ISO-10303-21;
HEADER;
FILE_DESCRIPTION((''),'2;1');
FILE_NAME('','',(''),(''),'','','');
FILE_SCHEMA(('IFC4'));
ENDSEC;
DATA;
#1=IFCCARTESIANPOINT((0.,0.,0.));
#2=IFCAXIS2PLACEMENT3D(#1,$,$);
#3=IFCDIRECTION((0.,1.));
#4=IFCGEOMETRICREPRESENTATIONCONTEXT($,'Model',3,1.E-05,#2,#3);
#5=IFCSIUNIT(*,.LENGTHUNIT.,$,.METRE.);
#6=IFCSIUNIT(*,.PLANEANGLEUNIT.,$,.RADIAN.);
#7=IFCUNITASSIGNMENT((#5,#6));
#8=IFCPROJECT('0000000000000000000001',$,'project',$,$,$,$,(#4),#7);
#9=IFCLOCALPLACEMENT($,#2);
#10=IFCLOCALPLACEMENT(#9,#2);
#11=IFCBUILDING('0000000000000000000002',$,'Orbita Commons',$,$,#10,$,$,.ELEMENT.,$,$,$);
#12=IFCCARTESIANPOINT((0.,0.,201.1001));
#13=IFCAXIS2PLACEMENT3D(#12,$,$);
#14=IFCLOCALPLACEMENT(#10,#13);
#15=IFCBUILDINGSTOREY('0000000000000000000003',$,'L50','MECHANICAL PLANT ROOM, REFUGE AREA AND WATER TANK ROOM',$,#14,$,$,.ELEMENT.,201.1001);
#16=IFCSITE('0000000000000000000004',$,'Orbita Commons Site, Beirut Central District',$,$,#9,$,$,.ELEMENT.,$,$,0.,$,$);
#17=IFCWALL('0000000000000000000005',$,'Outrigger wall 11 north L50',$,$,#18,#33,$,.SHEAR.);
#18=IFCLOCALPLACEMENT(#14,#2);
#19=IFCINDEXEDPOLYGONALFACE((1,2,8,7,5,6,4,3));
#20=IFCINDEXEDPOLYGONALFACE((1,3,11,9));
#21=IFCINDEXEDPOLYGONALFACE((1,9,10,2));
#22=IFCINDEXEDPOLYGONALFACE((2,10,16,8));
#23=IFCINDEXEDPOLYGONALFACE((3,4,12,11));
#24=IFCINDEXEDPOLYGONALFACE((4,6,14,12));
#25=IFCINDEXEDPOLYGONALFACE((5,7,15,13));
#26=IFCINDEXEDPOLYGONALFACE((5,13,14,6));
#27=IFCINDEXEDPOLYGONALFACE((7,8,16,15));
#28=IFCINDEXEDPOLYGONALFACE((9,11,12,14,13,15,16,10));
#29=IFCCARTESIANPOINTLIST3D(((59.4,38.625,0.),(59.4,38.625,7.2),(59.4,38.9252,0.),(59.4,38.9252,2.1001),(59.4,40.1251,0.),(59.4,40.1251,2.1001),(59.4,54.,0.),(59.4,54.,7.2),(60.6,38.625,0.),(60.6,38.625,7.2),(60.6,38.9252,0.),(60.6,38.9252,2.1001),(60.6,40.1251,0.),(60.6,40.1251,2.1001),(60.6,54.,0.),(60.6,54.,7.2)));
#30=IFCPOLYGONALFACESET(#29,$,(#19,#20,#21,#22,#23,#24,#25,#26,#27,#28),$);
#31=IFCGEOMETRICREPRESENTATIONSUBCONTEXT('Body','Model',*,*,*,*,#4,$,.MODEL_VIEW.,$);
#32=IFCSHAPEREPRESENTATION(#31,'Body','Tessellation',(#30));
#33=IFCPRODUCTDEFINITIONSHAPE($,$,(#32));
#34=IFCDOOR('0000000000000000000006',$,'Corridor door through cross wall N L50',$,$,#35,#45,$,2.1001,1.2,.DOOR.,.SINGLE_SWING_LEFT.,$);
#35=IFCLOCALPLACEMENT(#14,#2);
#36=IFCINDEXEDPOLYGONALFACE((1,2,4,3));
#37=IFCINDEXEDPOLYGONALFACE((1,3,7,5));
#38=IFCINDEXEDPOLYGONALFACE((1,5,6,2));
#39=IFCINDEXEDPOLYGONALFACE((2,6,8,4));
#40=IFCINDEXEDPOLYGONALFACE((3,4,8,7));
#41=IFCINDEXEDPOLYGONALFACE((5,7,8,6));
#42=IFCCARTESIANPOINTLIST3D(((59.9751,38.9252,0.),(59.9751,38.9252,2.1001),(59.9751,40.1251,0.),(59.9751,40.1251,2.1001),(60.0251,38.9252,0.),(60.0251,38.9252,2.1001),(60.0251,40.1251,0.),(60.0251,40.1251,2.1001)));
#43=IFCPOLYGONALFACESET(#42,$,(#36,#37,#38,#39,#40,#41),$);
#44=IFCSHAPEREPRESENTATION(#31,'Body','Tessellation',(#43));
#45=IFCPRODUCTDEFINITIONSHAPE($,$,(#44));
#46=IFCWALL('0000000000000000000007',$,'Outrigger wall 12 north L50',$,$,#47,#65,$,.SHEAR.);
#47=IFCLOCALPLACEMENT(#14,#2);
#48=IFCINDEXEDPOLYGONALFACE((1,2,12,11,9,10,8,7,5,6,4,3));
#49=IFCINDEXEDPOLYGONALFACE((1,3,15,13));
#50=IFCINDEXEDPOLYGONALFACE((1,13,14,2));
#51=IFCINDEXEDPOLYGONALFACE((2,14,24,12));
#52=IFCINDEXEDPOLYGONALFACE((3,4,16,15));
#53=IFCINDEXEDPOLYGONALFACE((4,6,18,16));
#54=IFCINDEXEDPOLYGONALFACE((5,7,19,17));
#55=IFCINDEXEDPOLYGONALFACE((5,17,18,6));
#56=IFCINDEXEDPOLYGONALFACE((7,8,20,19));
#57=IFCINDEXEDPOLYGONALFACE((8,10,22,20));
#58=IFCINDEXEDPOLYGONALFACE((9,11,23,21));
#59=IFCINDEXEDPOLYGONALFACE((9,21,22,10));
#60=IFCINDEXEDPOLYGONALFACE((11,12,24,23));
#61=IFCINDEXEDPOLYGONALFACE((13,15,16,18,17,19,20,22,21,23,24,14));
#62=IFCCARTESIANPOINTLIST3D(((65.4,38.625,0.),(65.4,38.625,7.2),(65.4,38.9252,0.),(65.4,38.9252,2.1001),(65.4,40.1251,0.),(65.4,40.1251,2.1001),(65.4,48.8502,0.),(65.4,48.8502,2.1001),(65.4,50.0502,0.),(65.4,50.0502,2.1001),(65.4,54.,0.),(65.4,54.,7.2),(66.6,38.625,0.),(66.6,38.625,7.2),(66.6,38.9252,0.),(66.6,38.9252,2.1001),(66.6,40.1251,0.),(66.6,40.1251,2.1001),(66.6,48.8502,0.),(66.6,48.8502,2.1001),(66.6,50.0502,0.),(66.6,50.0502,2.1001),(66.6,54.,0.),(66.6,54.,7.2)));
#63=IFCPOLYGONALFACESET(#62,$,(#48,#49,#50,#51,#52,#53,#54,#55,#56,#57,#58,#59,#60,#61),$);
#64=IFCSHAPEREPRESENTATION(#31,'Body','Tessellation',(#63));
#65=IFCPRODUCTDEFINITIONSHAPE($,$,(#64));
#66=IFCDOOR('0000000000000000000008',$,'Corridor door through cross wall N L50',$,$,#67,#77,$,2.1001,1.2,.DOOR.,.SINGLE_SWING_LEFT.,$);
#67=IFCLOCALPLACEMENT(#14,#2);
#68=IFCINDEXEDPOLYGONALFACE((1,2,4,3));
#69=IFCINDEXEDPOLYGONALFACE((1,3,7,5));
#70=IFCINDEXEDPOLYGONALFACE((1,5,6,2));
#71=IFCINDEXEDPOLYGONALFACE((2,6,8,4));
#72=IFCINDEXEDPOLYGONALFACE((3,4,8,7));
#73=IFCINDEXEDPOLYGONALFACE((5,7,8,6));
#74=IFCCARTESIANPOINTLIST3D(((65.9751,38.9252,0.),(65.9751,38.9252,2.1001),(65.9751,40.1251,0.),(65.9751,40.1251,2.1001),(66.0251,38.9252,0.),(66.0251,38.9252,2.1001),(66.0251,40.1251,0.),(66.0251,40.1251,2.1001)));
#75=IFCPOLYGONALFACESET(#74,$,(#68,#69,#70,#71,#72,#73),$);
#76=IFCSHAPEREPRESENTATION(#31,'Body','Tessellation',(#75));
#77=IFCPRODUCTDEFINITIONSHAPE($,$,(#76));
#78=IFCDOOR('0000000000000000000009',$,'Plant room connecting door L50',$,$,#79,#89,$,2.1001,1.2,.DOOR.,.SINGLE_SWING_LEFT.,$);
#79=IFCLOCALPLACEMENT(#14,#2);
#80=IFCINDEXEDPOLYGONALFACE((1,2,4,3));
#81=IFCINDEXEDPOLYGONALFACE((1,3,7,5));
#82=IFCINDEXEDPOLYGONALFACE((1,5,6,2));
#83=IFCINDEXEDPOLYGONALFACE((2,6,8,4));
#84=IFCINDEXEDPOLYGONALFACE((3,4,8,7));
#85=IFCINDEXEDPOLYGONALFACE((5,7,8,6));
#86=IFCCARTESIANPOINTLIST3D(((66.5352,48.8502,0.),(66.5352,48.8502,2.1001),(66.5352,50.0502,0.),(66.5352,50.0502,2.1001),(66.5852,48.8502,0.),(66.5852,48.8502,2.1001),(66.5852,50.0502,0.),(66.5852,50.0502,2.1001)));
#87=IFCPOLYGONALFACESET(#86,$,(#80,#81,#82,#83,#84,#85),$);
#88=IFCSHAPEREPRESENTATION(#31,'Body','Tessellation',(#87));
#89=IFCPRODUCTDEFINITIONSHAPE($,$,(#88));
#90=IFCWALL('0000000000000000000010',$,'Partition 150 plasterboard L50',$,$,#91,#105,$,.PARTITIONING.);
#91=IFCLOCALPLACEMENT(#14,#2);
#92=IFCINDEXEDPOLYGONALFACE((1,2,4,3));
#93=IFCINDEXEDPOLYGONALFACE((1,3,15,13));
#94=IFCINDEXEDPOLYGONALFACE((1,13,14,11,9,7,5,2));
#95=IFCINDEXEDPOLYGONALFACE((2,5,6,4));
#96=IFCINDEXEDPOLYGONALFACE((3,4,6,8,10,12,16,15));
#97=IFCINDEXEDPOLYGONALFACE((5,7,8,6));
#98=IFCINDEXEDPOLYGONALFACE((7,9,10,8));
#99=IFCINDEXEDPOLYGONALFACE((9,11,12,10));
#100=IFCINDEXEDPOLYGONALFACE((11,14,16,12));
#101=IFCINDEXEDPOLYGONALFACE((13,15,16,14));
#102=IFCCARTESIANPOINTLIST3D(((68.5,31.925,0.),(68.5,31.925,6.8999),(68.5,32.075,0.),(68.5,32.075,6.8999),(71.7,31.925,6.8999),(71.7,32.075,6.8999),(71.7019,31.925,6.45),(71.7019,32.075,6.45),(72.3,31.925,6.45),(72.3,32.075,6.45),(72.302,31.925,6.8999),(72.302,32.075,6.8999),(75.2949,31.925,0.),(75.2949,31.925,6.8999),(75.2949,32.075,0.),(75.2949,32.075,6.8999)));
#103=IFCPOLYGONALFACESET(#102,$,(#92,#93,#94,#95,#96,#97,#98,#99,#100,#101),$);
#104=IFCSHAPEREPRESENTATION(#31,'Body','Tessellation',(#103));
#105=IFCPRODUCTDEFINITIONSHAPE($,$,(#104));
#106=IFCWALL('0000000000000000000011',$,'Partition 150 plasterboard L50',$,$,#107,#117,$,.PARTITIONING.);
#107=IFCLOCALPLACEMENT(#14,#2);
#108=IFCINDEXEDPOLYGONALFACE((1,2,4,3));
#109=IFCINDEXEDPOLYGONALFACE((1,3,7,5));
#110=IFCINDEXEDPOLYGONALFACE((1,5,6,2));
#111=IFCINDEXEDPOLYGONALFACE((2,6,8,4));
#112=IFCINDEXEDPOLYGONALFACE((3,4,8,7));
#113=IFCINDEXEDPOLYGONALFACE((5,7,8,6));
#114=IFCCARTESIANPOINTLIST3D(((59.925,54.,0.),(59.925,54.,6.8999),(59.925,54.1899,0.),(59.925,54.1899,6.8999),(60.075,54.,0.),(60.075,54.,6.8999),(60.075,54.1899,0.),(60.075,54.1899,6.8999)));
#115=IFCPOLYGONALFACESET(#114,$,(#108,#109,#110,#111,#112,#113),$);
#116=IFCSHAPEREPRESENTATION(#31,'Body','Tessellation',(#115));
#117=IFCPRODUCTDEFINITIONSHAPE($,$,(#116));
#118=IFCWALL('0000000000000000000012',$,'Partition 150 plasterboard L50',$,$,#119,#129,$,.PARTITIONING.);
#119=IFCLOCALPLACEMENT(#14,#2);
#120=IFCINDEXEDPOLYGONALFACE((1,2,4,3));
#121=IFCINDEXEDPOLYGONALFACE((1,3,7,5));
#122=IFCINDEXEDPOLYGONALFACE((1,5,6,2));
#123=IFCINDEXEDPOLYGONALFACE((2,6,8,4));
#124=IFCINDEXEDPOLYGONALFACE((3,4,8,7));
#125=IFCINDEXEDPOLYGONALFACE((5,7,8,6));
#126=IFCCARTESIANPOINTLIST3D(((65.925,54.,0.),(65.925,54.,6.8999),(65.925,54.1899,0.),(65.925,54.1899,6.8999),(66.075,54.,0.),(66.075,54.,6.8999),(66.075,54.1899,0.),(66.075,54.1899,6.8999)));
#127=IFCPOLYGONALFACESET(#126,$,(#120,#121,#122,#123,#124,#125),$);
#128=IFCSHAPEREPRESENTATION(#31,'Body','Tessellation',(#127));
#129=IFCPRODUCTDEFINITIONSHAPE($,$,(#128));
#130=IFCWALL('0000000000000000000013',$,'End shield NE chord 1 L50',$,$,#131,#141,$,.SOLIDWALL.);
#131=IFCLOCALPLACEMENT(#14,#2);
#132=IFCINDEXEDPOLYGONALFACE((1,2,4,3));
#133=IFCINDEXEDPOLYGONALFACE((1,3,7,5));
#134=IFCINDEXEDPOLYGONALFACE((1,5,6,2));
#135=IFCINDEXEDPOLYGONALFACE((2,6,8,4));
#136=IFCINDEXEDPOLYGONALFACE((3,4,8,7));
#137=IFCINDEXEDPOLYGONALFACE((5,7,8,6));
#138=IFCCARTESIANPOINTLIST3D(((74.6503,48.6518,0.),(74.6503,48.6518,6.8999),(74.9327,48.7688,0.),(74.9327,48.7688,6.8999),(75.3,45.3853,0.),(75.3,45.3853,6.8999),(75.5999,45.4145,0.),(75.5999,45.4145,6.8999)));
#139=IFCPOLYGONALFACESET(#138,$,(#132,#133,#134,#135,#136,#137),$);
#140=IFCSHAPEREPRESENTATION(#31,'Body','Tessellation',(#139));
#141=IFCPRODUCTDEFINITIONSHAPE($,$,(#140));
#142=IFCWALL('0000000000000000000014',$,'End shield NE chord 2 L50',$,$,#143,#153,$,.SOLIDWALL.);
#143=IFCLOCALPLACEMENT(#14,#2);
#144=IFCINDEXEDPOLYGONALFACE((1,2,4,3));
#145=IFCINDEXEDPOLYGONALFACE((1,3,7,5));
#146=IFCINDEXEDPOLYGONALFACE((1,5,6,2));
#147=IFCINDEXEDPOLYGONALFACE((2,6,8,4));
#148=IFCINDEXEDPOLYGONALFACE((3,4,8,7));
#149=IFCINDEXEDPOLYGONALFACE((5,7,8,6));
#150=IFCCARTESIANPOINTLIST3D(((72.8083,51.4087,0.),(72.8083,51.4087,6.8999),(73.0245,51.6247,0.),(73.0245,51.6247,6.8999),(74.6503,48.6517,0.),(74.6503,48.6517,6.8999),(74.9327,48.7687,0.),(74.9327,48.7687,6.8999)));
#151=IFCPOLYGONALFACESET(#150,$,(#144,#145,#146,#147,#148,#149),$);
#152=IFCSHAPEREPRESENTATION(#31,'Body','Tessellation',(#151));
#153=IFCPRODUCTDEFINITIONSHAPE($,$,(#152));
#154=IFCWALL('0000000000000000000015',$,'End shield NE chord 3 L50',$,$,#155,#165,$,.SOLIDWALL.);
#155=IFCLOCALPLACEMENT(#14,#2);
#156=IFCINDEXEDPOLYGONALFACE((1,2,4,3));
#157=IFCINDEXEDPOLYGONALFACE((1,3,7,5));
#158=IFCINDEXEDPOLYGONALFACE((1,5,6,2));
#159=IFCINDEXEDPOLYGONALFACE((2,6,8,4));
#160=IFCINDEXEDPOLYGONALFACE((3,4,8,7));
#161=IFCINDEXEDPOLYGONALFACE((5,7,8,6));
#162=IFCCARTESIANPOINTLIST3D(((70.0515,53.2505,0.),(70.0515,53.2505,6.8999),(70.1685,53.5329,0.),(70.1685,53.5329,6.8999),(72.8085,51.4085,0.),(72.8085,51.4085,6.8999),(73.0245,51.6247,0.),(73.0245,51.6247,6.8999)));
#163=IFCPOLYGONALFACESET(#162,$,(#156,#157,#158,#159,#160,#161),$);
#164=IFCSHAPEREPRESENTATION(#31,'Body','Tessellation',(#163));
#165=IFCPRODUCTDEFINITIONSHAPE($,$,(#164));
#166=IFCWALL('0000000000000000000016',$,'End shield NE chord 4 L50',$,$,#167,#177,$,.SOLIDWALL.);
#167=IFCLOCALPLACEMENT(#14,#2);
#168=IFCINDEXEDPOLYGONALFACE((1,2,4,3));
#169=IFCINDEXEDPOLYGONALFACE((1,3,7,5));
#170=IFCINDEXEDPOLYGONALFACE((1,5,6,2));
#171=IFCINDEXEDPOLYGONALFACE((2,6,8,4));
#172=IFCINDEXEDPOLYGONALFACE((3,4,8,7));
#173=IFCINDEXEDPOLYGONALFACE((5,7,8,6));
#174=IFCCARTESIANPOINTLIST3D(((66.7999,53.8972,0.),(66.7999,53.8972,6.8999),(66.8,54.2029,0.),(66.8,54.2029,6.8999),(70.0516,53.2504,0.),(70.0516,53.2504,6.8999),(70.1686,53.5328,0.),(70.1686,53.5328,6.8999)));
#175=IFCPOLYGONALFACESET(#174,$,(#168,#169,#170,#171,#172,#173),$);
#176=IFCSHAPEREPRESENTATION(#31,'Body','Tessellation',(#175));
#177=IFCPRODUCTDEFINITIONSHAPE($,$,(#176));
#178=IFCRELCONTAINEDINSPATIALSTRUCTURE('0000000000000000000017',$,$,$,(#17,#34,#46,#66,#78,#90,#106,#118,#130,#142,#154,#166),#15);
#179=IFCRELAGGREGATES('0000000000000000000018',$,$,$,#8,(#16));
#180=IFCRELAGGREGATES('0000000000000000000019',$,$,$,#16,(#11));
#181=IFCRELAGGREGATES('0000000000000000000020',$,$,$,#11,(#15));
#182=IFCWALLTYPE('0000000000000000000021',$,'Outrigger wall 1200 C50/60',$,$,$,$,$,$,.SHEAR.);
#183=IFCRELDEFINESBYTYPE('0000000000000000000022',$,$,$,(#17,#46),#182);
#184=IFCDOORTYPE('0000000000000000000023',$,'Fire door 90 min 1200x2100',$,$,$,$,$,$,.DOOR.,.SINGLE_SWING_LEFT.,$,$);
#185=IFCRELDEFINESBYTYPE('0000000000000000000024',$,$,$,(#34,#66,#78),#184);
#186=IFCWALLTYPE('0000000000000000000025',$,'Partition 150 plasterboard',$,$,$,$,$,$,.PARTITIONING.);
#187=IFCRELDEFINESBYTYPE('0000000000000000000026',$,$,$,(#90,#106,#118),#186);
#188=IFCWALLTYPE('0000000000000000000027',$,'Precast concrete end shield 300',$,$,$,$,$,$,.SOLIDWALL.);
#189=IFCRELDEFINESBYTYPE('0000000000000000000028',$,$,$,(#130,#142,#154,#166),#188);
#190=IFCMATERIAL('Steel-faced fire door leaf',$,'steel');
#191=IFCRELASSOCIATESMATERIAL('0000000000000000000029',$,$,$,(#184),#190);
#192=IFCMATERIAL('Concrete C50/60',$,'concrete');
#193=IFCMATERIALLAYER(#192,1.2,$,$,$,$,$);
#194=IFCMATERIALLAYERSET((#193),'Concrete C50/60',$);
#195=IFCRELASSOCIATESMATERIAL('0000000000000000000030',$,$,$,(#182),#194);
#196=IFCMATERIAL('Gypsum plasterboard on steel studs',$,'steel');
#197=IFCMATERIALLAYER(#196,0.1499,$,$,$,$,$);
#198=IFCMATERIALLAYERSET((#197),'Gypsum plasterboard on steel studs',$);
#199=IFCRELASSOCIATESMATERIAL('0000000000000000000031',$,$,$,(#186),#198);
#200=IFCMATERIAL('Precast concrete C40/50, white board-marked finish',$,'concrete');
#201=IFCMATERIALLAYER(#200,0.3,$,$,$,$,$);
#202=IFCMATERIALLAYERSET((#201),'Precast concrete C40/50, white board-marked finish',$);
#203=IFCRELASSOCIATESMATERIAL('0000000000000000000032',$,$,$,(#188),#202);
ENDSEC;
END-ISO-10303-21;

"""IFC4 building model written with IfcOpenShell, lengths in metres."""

from ifc_helpers import new_model, si_unit, direction, frame, frame_2d, origin, place, context, subcontext, project, spatial, polyline, rectangle, outline, extrude, material, layer, layer_set, type_object, element, fill, save


model = new_model("IFC4")

# Units and contexts
model_context = context("Model", 3, precision=1e-05, world=origin(), true_north=direction((0.0, 1.0)))
body_context = subcontext(model_context, "Body", "Model", "MODEL_VIEW")
ifc_project = project(units=[si_unit("LENGTHUNIT", "METRE"), si_unit("PLANEANGLEUNIT", "RADIAN")], contexts=[model_context])

# Site, building, storey
site_placement = place(None, origin())
site = spatial("IfcSite", under=ifc_project, at=site_placement, Name="Orbita Commons Site, Beirut Central District", CompositionType="ELEMENT", RefElevation=0.0)
building_placement = place(site_placement, origin())
building = spatial("IfcBuilding", under=site, at=building_placement, Name="Orbita Commons", CompositionType="ELEMENT")
storey_placement = place(building_placement, frame((0.0, 0.0, 201.1001)))
storey = spatial("IfcBuildingStorey", under=building, at=storey_placement, Name="L50", Description="MECHANICAL PLANT ROOM, REFUGE AREA AND WATER TANK ROOM", CompositionType="ELEMENT", Elevation=201.1001)

# Shared definitions
ifc_material_1 = material(Name="Steel-faced fire door leaf", Category="steel")
door_type_1 = type_object("IfcDoorType", Name="Fire door 90 min 1200x2100", OperationType="SINGLE_SWING_LEFT", PredefinedType="DOOR", material=ifc_material_1)

# Wall, opening, door
ifc_material_2 = material(Name="Concrete C50/60", Category="concrete")
ifc_layer_1 = layer(ifc_material_2, 1.2)
ifc_layer_set_1 = layer_set([ifc_layer_1], Name="Concrete C50/60")
wall_type_1 = type_object("IfcWallType", Name="Outrigger wall 1200 C50/60", PredefinedType="SHEAR", material=ifc_layer_set_1)
wall_1_placement = place(storey_placement, frame((60.0, 38.625, 0.0), z_axis=(0.0, 0.0, 1.0), x_axis=(0.0, 1.0, 0.0)))
wall_1 = element("IfcWall", 1, at=wall_1_placement, inside=storey, type_object=wall_type_1, Name="Outrigger wall 11 north L50", PredefinedType="SHEAR", context=body_context, shape_type="SweptSolid", body=[
    extrude(rectangle(XDim=15.375, YDim=1.2, at=frame_2d((7.6875, 0.0))), origin(), (0.0, 0.0, 1.0), 7.2),
])
opening_1_placement = place(wall_1_placement, frame((0.3, 0.0, 0.0)))
opening_1 = element("IfcOpeningElement", 2, at=opening_1_placement, cuts=wall_1, PredefinedType="OPENING", context=body_context, shape_type="SweptSolid", body=[
    extrude(rectangle(XDim=1.2, YDim=2.1001, at=frame_2d((0.6001, 1.05))), frame((0.0, 0.6099, 0.0), z_axis=(0.0, -1.0, 0.0), x_axis=(1.0, 0.0, 0.0)), (0.0, 0.0, 1.0), 1.22),
])
door_1_placement = place(opening_1_placement, origin())
door_1 = element("IfcDoor", 3, at=door_1_placement, inside=storey, type_object=door_type_1, Name="Corridor door through cross wall N L50", OperationType="SINGLE_SWING_LEFT", OverallHeight=2.1001, OverallWidth=1.2, PredefinedType="DOOR", context=body_context, shape_type="SweptSolid", body=[
    extrude(rectangle(XDim=1.2, YDim=2.1001, at=frame_2d((0.6001, 1.05))), frame((0.0, 0.0249, 0.0), z_axis=(0.0, -1.0, 0.0), x_axis=(1.0, 0.0, 0.0)), (0.0, 0.0, 1.0), 0.05),
])
fill(opening_1, door_1)

# Wall, openings, doors
wall_2_placement = place(storey_placement, frame((66.0, 38.625, 0.0), z_axis=(0.0, 0.0, 1.0), x_axis=(0.0, 1.0, 0.0)))
wall_2 = element("IfcWall", 4, at=wall_2_placement, inside=storey, type_object=wall_type_1, Name="Outrigger wall 12 north L50", PredefinedType="SHEAR", context=body_context, shape_type="SweptSolid", body=[
    extrude(rectangle(XDim=15.375, YDim=1.2, at=frame_2d((7.6875, 0.0))), origin(), (0.0, 0.0, 1.0), 7.2),
])
opening_2_placement = place(wall_2_placement, frame((0.3, 0.0, 0.0)))
opening_2 = element("IfcOpeningElement", 5, at=opening_2_placement, cuts=wall_2, PredefinedType="OPENING", context=body_context, shape_type="SweptSolid", body=[
    extrude(rectangle(XDim=1.2, YDim=2.1001, at=frame_2d((0.6001, 1.05))), frame((0.0, 0.6099, 0.0), z_axis=(0.0, -1.0, 0.0), x_axis=(1.0, 0.0, 0.0)), (0.0, 0.0, 1.0), 1.22),
])
opening_3_placement = place(wall_2_placement, frame((10.2251, 0.0, 0.0)))
opening_3 = element("IfcOpeningElement", 6, at=opening_3_placement, cuts=wall_2, PredefinedType="OPENING", context=body_context, shape_type="SweptSolid", body=[
    extrude(rectangle(XDim=1.2, YDim=2.1001, at=frame_2d((0.6001, 1.05))), frame((0.0, 0.6099, 0.0), z_axis=(0.0, -1.0, 0.0), x_axis=(1.0, 0.0, 0.0)), (0.0, 0.0, 1.0), 1.22),
])
door_2_placement = place(opening_2_placement, origin())
door_2 = element("IfcDoor", 7, at=door_2_placement, inside=storey, type_object=door_type_1, Name="Corridor door through cross wall N L50", OperationType="SINGLE_SWING_LEFT", OverallHeight=2.1001, OverallWidth=1.2, PredefinedType="DOOR", context=body_context, shape_type="SweptSolid", body=[
    extrude(rectangle(XDim=1.2, YDim=2.1001, at=frame_2d((0.6001, 1.05))), frame((0.0, 0.0249, 0.0), z_axis=(0.0, -1.0, 0.0), x_axis=(1.0, 0.0, 0.0)), (0.0, 0.0, 1.0), 0.05),
])
fill(opening_2, door_2)
door_3_placement = place(opening_3_placement, origin())
door_3 = element("IfcDoor", 8, at=door_3_placement, inside=storey, type_object=door_type_1, Name="Plant room connecting door L50", OperationType="SINGLE_SWING_LEFT", OverallHeight=2.1001, OverallWidth=1.2, PredefinedType="DOOR", context=body_context, shape_type="SweptSolid", body=[
    extrude(rectangle(XDim=1.2, YDim=2.1001, at=frame_2d((0.6001, 1.05))), frame((0.0, -0.5352, 0.0), z_axis=(0.0, -1.0, 0.0), x_axis=(1.0, 0.0, 0.0)), (0.0, 0.0, 1.0), 0.05),
])
fill(opening_3, door_3)

# Walls
ifc_material_3 = material(Name="Gypsum plasterboard on steel studs", Category="steel")
ifc_layer_2 = layer(ifc_material_3, 0.1499)
ifc_layer_set_2 = layer_set([ifc_layer_2], Name="Gypsum plasterboard on steel studs")
wall_type_2 = type_object("IfcWallType", Name="Partition 150 plasterboard", PredefinedType="PARTITIONING", material=ifc_layer_set_2)
wall_3_placement = place(storey_placement, frame((68.5, 32.0, 0.0), z_axis=(0.0, 0.0, 1.0), x_axis=(1.0, 0.0, 0.0)))
element("IfcWall", 9, at=wall_3_placement, inside=storey, type_object=wall_type_2, Name="Partition 150 plasterboard L50", PredefinedType="PARTITIONING", context=body_context, shape_type="SweptSolid", body=[
    extrude(outline(polyline([(0.0, 0.0), (6.7949, 0.0), (6.7949, 6.8999), (3.802, 6.8999), (3.8, 6.45), (3.2019, 6.45), (3.2, 6.8999), (0.0, 6.8999), (0.0, 0.0)])), frame((0.0, 0.075, 0.0), z_axis=(0.0, -1.0, 0.0), x_axis=(1.0, 0.0, 0.0)), (0.0, 0.0, 1.0), 0.1499),
])
for number, where, z_axis, x_axis, name in (
    (10, (60.0, 54.0, 0.0), (0.0, 0.0, 1.0), (0.0, 1.0, 0.0), "Partition 150 plasterboard L50"),
    (11, (66.0, 54.0, 0.0), (0.0, 0.0, 1.0), (0.0, 1.0, 0.0), "Partition 150 plasterboard L50"),
):
    element("IfcWall", number, at=place(storey_placement, frame(where, z_axis=z_axis, x_axis=x_axis)), inside=storey, type_object=wall_type_2, Name=name, PredefinedType="PARTITIONING", context=body_context, shape_type="SweptSolid", body=[
        extrude(rectangle(XDim=0.1899, YDim=0.1499, at=frame_2d((0.095, 0.0))), origin(), (0.0, 0.0, 1.0), 6.8999),
    ])
ifc_material_4 = material(Name="Precast concrete C40/50, white board-marked finish", Category="concrete")
ifc_layer_3 = layer(ifc_material_4, 0.3)
ifc_layer_set_3 = layer_set([ifc_layer_3], Name="Precast concrete C40/50, white board-marked finish")
wall_type_3 = type_object("IfcWallType", Name="Precast concrete end shield 300", PredefinedType="SOLIDWALL", material=ifc_layer_set_3)
wall_4_placement = place(storey_placement, frame((75.45, 45.3999, 0.0), z_axis=(0.0, 0.0, 1.0), x_axis=(-0.195087, 0.980786, 0.0)))
element("IfcWall", 12, at=wall_4_placement, inside=storey, type_object=wall_type_3, Name="End shield NE chord 1 L50", PredefinedType="SOLIDWALL", context=body_context, shape_type="SweptSolid", body=[
    extrude(outline(polyline([(-0.0149, -0.1499), (3.405, -0.1499), (3.3455, 0.1499), (0.0149, 0.1499), (-0.0149, -0.1499)])), origin(), (0.0, 0.0, 1.0), 6.8999),
])
for number, where, z_axis, x_axis, name in (
    (13, (74.7915, 48.7102, 0.0), (0.0, 0.0, 1.0), (-0.555535, 0.831493, 0.0), "End shield NE chord 2 L50"),
    (14, (72.9165, 51.5166, 0.0), (0.0, 0.0, 1.0), (-0.831493, 0.555535, 0.0), "End shield NE chord 3 L50"),
):
    element("IfcWall", number, at=place(storey_placement, frame(where, z_axis=z_axis, x_axis=x_axis)), inside=storey, type_object=wall_type_3, Name=name, PredefinedType="SOLIDWALL", context=body_context, shape_type="SweptSolid", body=[
        extrude(outline(polyline([(-0.0298, -0.1499), (3.405, -0.1499), (3.3455, 0.1499), (0.0298, 0.1499), (-0.0298, -0.1499)])), origin(), (0.0, 0.0, 1.0), 6.8999),
    ])
wall_5_placement = place(storey_placement, frame((70.1101, 53.3916, 0.0), z_axis=(0.0, 0.0, 1.0), x_axis=(-0.980783, 0.1951, 0.0)))
element("IfcWall", 15, at=wall_5_placement, inside=storey, type_object=wall_type_3, Name="End shield NE chord 4 L50", PredefinedType="SOLIDWALL", context=body_context, shape_type="SweptSolid", body=[
    extrude(outline(polyline([(-0.0298, -0.1499), (3.4048, -0.1499), (3.3452, 0.1499), (0.0298, 0.1499), (-0.0298, -0.1499)])), origin(), (0.0, 0.0, 1.0), 6.8999),
])

save(model, "model.ifc")
